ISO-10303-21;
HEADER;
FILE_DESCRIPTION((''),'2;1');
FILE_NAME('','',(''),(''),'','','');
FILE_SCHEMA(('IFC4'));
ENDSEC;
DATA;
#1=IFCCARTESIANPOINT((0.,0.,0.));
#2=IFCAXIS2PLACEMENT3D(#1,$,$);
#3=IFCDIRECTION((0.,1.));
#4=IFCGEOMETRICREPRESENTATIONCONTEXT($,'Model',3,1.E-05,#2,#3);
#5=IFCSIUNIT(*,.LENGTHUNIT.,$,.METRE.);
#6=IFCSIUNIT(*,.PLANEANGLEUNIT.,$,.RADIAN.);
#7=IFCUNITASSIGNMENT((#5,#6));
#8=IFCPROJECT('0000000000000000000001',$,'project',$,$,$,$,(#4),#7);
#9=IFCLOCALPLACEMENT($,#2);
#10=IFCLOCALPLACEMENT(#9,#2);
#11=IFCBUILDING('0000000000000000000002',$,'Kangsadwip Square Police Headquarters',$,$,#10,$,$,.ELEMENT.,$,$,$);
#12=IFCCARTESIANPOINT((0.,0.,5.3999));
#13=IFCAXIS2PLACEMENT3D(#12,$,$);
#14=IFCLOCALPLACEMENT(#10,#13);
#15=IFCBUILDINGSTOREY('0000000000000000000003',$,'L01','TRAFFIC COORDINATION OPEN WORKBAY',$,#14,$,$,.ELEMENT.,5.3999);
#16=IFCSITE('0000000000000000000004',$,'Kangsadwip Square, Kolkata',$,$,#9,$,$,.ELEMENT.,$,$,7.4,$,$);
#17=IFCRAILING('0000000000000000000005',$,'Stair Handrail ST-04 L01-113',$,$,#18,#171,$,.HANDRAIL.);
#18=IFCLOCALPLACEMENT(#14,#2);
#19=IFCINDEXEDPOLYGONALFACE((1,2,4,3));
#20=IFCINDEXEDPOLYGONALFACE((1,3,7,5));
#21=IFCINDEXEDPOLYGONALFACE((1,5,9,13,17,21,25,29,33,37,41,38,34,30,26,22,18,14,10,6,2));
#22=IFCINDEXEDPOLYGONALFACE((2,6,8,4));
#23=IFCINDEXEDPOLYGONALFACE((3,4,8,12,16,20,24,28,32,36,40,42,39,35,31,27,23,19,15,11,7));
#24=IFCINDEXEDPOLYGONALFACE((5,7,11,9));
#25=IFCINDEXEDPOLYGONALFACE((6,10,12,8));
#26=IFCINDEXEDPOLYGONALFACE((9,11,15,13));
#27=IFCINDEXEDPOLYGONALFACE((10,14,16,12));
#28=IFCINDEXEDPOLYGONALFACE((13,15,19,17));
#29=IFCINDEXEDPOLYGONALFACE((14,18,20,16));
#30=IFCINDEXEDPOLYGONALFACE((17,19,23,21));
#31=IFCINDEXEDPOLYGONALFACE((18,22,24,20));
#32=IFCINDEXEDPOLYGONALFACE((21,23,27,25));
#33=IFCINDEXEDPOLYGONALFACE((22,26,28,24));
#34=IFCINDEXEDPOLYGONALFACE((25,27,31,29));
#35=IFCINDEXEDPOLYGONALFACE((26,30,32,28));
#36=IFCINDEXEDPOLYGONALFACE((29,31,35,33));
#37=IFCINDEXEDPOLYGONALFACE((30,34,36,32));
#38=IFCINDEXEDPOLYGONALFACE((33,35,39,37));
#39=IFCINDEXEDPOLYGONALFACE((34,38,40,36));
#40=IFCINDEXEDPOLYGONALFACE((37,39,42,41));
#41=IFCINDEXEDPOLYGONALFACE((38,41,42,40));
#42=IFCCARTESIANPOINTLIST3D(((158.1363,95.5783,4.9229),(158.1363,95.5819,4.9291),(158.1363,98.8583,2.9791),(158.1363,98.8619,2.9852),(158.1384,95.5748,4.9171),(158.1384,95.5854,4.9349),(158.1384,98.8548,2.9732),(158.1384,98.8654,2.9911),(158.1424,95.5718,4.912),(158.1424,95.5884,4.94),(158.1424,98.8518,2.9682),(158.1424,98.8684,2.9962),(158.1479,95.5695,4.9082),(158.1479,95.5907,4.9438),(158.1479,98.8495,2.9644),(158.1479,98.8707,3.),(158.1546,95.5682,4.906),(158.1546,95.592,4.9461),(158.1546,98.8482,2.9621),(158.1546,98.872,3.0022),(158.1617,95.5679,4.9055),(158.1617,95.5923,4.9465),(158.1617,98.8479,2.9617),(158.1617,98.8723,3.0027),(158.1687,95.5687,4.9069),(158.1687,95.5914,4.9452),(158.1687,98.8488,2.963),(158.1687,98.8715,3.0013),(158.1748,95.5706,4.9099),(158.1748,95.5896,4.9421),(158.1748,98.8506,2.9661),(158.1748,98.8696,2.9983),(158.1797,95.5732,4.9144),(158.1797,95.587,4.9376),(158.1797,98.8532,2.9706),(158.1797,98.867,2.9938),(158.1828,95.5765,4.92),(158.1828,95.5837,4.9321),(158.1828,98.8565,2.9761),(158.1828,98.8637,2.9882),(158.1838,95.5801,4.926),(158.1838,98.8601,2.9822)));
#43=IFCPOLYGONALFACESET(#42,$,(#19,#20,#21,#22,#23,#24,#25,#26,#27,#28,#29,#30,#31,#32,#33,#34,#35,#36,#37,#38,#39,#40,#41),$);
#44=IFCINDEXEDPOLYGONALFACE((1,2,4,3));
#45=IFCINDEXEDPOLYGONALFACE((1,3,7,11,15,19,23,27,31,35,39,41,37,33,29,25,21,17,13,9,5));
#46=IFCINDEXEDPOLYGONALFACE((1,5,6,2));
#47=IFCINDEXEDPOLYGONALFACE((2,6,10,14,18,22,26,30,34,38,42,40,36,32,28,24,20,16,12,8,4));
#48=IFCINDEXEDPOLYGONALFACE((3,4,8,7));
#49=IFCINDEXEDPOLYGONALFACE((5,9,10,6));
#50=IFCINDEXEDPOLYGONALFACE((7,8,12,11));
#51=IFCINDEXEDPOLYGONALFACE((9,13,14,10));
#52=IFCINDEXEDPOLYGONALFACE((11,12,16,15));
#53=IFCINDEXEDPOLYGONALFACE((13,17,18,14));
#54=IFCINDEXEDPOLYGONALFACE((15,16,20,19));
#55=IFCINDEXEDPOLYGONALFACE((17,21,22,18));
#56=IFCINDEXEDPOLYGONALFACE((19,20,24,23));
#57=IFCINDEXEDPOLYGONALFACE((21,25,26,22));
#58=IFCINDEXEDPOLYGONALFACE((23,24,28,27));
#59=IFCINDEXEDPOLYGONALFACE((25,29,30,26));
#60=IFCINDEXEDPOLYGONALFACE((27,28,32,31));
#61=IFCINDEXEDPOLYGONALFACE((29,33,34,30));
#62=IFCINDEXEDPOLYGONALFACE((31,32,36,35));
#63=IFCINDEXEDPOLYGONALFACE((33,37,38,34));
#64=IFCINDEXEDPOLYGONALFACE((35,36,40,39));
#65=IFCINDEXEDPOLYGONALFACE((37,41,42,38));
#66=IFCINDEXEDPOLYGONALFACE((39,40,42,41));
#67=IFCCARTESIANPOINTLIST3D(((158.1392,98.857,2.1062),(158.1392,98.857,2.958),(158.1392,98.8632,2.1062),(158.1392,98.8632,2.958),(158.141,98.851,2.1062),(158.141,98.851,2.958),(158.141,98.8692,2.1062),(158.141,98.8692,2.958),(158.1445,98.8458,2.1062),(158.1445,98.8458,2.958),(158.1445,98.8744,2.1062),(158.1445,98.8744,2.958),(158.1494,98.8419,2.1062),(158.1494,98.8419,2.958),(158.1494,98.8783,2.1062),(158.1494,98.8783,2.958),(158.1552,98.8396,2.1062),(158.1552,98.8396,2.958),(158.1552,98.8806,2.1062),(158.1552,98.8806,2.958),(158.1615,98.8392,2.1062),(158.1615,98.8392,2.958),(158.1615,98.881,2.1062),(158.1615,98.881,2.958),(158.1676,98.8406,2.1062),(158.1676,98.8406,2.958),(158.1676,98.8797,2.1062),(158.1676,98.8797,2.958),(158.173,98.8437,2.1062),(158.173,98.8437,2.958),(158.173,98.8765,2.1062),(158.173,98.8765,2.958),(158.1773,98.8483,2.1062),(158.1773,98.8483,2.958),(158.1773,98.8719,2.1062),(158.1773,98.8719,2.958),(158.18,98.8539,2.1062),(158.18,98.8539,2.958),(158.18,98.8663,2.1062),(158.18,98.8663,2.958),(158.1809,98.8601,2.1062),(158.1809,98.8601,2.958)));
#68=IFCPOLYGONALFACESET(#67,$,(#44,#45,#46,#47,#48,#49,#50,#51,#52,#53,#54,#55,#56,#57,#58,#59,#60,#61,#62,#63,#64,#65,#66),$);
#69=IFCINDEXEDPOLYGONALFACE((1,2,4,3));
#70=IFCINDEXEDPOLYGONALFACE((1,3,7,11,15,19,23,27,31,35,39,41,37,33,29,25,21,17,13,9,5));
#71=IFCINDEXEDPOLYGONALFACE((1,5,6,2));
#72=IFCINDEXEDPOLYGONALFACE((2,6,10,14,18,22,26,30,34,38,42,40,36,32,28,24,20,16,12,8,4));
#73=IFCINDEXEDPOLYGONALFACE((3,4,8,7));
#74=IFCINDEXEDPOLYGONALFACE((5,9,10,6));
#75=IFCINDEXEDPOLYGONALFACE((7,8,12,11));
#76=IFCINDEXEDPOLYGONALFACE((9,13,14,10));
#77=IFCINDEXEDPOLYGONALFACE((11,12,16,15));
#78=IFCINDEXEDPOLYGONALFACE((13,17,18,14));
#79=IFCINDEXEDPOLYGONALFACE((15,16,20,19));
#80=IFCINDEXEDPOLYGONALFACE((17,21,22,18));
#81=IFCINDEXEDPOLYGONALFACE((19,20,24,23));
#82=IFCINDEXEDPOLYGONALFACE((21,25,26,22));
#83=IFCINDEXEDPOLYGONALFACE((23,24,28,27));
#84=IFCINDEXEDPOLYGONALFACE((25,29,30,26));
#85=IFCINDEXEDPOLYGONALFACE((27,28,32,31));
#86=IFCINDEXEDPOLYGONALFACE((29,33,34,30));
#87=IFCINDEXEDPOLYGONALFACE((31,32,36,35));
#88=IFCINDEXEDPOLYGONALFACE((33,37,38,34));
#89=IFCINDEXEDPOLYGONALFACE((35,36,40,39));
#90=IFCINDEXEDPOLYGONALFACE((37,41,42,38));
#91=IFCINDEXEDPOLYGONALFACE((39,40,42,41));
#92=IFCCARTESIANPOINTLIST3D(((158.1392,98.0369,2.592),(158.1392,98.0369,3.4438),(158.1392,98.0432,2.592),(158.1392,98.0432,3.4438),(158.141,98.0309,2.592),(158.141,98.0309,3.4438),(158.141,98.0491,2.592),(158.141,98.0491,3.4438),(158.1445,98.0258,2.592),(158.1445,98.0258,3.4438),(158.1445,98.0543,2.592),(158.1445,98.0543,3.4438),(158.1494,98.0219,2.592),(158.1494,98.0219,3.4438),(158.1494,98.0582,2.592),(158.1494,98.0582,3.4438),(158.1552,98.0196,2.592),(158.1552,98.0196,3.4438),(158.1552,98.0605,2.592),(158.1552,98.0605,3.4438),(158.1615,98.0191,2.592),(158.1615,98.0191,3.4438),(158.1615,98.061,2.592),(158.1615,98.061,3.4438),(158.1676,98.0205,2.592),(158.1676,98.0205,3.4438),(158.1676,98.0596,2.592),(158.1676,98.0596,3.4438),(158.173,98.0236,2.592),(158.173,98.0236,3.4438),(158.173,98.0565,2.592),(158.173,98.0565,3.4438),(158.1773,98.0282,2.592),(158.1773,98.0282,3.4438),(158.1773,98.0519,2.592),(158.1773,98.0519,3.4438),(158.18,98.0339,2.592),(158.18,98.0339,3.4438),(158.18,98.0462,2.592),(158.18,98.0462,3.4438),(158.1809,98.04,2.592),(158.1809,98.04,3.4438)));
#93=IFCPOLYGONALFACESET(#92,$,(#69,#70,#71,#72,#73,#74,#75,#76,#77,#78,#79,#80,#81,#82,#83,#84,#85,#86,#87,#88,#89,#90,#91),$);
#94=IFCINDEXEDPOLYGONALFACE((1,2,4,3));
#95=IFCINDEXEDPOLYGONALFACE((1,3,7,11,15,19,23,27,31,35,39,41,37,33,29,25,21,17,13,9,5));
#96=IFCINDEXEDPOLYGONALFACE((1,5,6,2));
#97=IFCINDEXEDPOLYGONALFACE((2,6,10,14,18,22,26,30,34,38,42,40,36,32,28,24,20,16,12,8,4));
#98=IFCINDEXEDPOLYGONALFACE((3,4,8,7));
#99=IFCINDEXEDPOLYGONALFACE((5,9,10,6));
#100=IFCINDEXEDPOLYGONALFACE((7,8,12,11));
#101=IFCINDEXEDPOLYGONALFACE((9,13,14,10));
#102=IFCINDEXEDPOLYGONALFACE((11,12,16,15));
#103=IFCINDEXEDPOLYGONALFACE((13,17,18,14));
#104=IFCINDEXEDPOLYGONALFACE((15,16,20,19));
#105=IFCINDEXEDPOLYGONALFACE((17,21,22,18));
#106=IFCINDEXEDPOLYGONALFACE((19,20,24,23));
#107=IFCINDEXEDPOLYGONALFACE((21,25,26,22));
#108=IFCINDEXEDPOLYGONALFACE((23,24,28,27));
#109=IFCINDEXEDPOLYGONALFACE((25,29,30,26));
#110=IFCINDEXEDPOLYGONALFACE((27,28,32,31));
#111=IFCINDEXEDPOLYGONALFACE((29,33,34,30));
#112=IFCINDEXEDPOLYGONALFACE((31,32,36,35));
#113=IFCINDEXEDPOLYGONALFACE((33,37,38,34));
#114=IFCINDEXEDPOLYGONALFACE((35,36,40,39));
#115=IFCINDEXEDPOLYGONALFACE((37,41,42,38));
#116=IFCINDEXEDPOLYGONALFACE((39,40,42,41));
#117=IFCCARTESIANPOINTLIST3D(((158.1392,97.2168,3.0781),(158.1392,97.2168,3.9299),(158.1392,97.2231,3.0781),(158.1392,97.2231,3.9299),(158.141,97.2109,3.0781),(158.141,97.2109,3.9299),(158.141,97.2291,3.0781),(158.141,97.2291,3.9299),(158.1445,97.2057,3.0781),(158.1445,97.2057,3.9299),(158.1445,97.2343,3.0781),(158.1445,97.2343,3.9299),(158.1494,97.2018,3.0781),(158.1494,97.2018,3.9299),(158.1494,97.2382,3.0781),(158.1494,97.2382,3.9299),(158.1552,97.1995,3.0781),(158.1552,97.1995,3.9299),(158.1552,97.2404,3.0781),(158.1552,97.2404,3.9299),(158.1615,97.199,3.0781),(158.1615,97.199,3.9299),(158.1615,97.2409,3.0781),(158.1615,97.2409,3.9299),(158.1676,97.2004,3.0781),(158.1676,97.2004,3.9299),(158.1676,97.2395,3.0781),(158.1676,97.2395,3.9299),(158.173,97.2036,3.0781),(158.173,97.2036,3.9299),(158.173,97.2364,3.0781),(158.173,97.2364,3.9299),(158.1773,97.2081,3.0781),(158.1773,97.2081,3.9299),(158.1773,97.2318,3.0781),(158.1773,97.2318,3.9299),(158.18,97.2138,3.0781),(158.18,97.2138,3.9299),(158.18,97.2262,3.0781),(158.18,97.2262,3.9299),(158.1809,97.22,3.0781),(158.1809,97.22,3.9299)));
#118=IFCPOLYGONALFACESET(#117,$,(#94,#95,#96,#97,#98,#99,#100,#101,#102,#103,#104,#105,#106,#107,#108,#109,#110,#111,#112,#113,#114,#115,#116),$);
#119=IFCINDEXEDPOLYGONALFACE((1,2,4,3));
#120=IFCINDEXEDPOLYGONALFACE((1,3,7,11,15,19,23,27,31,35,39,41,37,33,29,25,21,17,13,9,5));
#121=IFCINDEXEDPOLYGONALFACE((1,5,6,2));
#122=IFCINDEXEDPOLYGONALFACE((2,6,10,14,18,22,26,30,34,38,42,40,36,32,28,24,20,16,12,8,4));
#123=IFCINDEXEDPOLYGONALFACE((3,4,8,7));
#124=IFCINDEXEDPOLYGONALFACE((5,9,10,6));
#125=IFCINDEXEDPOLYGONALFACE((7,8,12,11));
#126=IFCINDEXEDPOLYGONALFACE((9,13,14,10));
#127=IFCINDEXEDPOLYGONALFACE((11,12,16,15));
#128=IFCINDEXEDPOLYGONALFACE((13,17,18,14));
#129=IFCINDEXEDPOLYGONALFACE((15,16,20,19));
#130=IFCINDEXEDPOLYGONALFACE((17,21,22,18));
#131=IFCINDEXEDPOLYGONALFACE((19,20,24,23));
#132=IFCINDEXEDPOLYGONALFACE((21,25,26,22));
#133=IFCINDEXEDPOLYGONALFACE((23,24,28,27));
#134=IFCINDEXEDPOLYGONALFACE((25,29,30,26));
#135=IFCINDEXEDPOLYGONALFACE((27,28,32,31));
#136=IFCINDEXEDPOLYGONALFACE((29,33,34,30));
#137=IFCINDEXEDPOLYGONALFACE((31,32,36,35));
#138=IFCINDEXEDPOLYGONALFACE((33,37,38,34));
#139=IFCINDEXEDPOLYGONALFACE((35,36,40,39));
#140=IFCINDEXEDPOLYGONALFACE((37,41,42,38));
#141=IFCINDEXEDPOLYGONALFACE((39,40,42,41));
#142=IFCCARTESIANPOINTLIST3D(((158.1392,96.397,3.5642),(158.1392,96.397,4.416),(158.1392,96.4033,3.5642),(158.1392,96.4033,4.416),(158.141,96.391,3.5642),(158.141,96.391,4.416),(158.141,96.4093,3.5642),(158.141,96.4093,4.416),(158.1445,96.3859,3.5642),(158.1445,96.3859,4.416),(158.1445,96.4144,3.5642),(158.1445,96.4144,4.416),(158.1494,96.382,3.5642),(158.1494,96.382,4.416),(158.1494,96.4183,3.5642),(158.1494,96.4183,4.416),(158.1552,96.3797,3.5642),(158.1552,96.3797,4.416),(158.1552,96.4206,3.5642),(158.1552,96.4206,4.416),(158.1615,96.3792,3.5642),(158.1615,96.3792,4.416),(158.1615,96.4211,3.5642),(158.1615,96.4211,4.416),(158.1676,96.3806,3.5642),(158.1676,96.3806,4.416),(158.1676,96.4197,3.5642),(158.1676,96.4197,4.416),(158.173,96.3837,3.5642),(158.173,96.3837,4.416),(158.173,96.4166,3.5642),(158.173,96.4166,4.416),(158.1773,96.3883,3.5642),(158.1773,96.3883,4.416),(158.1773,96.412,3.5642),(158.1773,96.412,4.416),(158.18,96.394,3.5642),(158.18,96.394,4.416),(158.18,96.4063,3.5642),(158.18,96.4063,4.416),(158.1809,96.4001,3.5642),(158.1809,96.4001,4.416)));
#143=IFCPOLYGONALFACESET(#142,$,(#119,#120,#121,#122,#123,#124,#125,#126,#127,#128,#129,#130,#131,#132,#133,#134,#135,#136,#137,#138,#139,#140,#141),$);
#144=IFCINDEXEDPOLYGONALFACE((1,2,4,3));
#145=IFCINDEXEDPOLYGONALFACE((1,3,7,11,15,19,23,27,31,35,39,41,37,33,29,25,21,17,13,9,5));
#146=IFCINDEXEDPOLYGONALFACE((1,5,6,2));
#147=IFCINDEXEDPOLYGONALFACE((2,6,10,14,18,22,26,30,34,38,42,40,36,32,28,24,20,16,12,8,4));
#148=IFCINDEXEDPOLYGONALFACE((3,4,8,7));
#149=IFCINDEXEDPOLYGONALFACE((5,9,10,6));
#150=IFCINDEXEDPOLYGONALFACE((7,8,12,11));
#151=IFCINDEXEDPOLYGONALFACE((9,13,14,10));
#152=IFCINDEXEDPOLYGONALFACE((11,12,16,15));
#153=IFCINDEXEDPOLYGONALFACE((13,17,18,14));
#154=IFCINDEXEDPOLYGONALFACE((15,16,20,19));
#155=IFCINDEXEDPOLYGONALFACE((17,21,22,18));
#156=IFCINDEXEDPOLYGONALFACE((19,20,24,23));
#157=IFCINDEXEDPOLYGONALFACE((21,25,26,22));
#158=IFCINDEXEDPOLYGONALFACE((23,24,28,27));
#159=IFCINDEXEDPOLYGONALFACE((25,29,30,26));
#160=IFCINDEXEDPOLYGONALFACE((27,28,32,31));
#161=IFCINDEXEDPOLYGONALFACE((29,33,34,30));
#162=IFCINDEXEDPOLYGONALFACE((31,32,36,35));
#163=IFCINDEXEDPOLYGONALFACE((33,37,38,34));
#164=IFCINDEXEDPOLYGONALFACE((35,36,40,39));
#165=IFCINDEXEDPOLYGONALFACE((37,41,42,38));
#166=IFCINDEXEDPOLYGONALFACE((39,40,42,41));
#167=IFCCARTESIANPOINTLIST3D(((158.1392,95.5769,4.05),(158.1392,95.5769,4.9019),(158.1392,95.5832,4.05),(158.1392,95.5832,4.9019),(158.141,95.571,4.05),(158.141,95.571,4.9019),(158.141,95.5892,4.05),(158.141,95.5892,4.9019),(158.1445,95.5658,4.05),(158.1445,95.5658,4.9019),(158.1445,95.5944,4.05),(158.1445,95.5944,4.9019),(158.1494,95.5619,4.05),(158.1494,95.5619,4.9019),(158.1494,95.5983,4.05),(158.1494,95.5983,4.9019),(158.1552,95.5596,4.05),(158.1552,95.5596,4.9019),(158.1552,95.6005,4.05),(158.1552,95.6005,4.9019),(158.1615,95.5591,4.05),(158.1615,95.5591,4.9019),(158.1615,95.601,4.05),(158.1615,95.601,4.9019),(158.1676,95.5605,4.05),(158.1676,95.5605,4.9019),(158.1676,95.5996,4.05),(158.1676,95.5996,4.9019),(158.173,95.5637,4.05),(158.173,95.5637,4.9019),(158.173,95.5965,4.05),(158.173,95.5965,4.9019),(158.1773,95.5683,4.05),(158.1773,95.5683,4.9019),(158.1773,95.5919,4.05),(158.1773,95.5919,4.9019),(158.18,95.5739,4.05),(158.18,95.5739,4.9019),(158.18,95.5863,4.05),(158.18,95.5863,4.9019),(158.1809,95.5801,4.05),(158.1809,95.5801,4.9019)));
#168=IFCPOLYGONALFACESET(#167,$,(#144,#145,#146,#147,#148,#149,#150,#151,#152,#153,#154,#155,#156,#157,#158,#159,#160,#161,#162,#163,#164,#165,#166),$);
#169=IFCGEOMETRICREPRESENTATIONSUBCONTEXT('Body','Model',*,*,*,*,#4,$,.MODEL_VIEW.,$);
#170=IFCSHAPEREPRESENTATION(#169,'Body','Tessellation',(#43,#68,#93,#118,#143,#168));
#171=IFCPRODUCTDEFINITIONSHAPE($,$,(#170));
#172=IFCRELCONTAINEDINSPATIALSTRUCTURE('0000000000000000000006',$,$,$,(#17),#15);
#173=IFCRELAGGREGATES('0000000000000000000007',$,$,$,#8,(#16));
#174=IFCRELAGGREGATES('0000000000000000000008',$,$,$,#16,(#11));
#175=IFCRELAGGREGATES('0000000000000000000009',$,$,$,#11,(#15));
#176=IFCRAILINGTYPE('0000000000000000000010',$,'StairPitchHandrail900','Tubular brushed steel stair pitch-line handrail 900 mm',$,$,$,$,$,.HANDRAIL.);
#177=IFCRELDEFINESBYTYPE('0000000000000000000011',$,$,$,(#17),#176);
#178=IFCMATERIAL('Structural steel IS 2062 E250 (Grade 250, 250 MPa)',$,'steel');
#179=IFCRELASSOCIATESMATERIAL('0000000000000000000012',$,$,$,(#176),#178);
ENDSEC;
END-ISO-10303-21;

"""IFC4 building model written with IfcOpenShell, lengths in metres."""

from ifc_helpers import new_model, si_unit, direction, frame, origin, origin_2d, place, context, subcontext, project, spatial, circle, extrude, material, type_object, element, save


model = new_model("IFC4")

# Units and contexts
model_context = context("Model", 3, precision=1e-05, world=origin(), true_north=direction((0.0, 1.0)))
body_context = subcontext(model_context, "Body", "Model", "MODEL_VIEW")
ifc_project = project(units=[si_unit("LENGTHUNIT", "METRE"), si_unit("PLANEANGLEUNIT", "RADIAN")], contexts=[model_context])

# Site, building, storey
site_placement = place(None, origin())
site = spatial("IfcSite", under=ifc_project, at=site_placement, Name="Kangsadwip Square, Kolkata", CompositionType="ELEMENT", RefElevation=7.4)
building_placement = place(site_placement, origin())
building = spatial("IfcBuilding", under=site, at=building_placement, Name="Kangsadwip Square Police Headquarters", CompositionType="ELEMENT")
storey_placement = place(building_placement, frame((0.0, 0.0, 5.3999)))
storey = spatial("IfcBuildingStorey", under=building, at=storey_placement, Name="L01", Description="TRAFFIC COORDINATION OPEN WORKBAY", CompositionType="ELEMENT", Elevation=5.3999)

# Railing
ifc_material_1 = material(Name="Structural steel IS 2062 E250 (Grade 250, 250 MPa)", Category="steel")
railing_type_1 = type_object("IfcRailingType", Name="StairPitchHandrail900", Description="Tubular brushed steel stair pitch-line handrail 900 mm", PredefinedType="HANDRAIL", material=ifc_material_1)
railing_placement = place(storey_placement, frame((158.1599, 98.8601, 2.1062)))
element("IfcRailing", 1, at=railing_placement, inside=storey, type_object=railing_type_1, Name="Stair Handrail ST-04 L01-113", PredefinedType="HANDRAIL", context=body_context, shape_type="SweptSolid", body=[
    extrude(circle(Radius=0.0239, at=origin_2d()), frame((0.0, 0.0, 0.876), z_axis=(0.0, -0.860277, 0.509827), x_axis=(1.0, 0.0, 0.0)), (0.0, 0.0, 1.0), 3.8127),
    extrude(circle(Radius=0.021, at=origin_2d()), origin(), (0.0, 0.0, 1.0), 0.8518),
    extrude(circle(Radius=0.021, at=origin_2d()), frame((0.0, -0.8201, 0.4858)), (0.0, 0.0, 1.0), 0.8518),
    extrude(circle(Radius=0.021, at=origin_2d()), frame((0.0, -1.6401, 0.9719)), (0.0, 0.0, 1.0), 0.8518),
    extrude(circle(Radius=0.021, at=origin_2d()), frame((0.0, -2.46, 1.458)), (0.0, 0.0, 1.0), 0.8518),
    extrude(circle(Radius=0.021, at=origin_2d()), frame((0.0, -3.28, 1.9438)), (0.0, 0.0, 1.0), 0.8518),
])

save(model, "model.ifc")
